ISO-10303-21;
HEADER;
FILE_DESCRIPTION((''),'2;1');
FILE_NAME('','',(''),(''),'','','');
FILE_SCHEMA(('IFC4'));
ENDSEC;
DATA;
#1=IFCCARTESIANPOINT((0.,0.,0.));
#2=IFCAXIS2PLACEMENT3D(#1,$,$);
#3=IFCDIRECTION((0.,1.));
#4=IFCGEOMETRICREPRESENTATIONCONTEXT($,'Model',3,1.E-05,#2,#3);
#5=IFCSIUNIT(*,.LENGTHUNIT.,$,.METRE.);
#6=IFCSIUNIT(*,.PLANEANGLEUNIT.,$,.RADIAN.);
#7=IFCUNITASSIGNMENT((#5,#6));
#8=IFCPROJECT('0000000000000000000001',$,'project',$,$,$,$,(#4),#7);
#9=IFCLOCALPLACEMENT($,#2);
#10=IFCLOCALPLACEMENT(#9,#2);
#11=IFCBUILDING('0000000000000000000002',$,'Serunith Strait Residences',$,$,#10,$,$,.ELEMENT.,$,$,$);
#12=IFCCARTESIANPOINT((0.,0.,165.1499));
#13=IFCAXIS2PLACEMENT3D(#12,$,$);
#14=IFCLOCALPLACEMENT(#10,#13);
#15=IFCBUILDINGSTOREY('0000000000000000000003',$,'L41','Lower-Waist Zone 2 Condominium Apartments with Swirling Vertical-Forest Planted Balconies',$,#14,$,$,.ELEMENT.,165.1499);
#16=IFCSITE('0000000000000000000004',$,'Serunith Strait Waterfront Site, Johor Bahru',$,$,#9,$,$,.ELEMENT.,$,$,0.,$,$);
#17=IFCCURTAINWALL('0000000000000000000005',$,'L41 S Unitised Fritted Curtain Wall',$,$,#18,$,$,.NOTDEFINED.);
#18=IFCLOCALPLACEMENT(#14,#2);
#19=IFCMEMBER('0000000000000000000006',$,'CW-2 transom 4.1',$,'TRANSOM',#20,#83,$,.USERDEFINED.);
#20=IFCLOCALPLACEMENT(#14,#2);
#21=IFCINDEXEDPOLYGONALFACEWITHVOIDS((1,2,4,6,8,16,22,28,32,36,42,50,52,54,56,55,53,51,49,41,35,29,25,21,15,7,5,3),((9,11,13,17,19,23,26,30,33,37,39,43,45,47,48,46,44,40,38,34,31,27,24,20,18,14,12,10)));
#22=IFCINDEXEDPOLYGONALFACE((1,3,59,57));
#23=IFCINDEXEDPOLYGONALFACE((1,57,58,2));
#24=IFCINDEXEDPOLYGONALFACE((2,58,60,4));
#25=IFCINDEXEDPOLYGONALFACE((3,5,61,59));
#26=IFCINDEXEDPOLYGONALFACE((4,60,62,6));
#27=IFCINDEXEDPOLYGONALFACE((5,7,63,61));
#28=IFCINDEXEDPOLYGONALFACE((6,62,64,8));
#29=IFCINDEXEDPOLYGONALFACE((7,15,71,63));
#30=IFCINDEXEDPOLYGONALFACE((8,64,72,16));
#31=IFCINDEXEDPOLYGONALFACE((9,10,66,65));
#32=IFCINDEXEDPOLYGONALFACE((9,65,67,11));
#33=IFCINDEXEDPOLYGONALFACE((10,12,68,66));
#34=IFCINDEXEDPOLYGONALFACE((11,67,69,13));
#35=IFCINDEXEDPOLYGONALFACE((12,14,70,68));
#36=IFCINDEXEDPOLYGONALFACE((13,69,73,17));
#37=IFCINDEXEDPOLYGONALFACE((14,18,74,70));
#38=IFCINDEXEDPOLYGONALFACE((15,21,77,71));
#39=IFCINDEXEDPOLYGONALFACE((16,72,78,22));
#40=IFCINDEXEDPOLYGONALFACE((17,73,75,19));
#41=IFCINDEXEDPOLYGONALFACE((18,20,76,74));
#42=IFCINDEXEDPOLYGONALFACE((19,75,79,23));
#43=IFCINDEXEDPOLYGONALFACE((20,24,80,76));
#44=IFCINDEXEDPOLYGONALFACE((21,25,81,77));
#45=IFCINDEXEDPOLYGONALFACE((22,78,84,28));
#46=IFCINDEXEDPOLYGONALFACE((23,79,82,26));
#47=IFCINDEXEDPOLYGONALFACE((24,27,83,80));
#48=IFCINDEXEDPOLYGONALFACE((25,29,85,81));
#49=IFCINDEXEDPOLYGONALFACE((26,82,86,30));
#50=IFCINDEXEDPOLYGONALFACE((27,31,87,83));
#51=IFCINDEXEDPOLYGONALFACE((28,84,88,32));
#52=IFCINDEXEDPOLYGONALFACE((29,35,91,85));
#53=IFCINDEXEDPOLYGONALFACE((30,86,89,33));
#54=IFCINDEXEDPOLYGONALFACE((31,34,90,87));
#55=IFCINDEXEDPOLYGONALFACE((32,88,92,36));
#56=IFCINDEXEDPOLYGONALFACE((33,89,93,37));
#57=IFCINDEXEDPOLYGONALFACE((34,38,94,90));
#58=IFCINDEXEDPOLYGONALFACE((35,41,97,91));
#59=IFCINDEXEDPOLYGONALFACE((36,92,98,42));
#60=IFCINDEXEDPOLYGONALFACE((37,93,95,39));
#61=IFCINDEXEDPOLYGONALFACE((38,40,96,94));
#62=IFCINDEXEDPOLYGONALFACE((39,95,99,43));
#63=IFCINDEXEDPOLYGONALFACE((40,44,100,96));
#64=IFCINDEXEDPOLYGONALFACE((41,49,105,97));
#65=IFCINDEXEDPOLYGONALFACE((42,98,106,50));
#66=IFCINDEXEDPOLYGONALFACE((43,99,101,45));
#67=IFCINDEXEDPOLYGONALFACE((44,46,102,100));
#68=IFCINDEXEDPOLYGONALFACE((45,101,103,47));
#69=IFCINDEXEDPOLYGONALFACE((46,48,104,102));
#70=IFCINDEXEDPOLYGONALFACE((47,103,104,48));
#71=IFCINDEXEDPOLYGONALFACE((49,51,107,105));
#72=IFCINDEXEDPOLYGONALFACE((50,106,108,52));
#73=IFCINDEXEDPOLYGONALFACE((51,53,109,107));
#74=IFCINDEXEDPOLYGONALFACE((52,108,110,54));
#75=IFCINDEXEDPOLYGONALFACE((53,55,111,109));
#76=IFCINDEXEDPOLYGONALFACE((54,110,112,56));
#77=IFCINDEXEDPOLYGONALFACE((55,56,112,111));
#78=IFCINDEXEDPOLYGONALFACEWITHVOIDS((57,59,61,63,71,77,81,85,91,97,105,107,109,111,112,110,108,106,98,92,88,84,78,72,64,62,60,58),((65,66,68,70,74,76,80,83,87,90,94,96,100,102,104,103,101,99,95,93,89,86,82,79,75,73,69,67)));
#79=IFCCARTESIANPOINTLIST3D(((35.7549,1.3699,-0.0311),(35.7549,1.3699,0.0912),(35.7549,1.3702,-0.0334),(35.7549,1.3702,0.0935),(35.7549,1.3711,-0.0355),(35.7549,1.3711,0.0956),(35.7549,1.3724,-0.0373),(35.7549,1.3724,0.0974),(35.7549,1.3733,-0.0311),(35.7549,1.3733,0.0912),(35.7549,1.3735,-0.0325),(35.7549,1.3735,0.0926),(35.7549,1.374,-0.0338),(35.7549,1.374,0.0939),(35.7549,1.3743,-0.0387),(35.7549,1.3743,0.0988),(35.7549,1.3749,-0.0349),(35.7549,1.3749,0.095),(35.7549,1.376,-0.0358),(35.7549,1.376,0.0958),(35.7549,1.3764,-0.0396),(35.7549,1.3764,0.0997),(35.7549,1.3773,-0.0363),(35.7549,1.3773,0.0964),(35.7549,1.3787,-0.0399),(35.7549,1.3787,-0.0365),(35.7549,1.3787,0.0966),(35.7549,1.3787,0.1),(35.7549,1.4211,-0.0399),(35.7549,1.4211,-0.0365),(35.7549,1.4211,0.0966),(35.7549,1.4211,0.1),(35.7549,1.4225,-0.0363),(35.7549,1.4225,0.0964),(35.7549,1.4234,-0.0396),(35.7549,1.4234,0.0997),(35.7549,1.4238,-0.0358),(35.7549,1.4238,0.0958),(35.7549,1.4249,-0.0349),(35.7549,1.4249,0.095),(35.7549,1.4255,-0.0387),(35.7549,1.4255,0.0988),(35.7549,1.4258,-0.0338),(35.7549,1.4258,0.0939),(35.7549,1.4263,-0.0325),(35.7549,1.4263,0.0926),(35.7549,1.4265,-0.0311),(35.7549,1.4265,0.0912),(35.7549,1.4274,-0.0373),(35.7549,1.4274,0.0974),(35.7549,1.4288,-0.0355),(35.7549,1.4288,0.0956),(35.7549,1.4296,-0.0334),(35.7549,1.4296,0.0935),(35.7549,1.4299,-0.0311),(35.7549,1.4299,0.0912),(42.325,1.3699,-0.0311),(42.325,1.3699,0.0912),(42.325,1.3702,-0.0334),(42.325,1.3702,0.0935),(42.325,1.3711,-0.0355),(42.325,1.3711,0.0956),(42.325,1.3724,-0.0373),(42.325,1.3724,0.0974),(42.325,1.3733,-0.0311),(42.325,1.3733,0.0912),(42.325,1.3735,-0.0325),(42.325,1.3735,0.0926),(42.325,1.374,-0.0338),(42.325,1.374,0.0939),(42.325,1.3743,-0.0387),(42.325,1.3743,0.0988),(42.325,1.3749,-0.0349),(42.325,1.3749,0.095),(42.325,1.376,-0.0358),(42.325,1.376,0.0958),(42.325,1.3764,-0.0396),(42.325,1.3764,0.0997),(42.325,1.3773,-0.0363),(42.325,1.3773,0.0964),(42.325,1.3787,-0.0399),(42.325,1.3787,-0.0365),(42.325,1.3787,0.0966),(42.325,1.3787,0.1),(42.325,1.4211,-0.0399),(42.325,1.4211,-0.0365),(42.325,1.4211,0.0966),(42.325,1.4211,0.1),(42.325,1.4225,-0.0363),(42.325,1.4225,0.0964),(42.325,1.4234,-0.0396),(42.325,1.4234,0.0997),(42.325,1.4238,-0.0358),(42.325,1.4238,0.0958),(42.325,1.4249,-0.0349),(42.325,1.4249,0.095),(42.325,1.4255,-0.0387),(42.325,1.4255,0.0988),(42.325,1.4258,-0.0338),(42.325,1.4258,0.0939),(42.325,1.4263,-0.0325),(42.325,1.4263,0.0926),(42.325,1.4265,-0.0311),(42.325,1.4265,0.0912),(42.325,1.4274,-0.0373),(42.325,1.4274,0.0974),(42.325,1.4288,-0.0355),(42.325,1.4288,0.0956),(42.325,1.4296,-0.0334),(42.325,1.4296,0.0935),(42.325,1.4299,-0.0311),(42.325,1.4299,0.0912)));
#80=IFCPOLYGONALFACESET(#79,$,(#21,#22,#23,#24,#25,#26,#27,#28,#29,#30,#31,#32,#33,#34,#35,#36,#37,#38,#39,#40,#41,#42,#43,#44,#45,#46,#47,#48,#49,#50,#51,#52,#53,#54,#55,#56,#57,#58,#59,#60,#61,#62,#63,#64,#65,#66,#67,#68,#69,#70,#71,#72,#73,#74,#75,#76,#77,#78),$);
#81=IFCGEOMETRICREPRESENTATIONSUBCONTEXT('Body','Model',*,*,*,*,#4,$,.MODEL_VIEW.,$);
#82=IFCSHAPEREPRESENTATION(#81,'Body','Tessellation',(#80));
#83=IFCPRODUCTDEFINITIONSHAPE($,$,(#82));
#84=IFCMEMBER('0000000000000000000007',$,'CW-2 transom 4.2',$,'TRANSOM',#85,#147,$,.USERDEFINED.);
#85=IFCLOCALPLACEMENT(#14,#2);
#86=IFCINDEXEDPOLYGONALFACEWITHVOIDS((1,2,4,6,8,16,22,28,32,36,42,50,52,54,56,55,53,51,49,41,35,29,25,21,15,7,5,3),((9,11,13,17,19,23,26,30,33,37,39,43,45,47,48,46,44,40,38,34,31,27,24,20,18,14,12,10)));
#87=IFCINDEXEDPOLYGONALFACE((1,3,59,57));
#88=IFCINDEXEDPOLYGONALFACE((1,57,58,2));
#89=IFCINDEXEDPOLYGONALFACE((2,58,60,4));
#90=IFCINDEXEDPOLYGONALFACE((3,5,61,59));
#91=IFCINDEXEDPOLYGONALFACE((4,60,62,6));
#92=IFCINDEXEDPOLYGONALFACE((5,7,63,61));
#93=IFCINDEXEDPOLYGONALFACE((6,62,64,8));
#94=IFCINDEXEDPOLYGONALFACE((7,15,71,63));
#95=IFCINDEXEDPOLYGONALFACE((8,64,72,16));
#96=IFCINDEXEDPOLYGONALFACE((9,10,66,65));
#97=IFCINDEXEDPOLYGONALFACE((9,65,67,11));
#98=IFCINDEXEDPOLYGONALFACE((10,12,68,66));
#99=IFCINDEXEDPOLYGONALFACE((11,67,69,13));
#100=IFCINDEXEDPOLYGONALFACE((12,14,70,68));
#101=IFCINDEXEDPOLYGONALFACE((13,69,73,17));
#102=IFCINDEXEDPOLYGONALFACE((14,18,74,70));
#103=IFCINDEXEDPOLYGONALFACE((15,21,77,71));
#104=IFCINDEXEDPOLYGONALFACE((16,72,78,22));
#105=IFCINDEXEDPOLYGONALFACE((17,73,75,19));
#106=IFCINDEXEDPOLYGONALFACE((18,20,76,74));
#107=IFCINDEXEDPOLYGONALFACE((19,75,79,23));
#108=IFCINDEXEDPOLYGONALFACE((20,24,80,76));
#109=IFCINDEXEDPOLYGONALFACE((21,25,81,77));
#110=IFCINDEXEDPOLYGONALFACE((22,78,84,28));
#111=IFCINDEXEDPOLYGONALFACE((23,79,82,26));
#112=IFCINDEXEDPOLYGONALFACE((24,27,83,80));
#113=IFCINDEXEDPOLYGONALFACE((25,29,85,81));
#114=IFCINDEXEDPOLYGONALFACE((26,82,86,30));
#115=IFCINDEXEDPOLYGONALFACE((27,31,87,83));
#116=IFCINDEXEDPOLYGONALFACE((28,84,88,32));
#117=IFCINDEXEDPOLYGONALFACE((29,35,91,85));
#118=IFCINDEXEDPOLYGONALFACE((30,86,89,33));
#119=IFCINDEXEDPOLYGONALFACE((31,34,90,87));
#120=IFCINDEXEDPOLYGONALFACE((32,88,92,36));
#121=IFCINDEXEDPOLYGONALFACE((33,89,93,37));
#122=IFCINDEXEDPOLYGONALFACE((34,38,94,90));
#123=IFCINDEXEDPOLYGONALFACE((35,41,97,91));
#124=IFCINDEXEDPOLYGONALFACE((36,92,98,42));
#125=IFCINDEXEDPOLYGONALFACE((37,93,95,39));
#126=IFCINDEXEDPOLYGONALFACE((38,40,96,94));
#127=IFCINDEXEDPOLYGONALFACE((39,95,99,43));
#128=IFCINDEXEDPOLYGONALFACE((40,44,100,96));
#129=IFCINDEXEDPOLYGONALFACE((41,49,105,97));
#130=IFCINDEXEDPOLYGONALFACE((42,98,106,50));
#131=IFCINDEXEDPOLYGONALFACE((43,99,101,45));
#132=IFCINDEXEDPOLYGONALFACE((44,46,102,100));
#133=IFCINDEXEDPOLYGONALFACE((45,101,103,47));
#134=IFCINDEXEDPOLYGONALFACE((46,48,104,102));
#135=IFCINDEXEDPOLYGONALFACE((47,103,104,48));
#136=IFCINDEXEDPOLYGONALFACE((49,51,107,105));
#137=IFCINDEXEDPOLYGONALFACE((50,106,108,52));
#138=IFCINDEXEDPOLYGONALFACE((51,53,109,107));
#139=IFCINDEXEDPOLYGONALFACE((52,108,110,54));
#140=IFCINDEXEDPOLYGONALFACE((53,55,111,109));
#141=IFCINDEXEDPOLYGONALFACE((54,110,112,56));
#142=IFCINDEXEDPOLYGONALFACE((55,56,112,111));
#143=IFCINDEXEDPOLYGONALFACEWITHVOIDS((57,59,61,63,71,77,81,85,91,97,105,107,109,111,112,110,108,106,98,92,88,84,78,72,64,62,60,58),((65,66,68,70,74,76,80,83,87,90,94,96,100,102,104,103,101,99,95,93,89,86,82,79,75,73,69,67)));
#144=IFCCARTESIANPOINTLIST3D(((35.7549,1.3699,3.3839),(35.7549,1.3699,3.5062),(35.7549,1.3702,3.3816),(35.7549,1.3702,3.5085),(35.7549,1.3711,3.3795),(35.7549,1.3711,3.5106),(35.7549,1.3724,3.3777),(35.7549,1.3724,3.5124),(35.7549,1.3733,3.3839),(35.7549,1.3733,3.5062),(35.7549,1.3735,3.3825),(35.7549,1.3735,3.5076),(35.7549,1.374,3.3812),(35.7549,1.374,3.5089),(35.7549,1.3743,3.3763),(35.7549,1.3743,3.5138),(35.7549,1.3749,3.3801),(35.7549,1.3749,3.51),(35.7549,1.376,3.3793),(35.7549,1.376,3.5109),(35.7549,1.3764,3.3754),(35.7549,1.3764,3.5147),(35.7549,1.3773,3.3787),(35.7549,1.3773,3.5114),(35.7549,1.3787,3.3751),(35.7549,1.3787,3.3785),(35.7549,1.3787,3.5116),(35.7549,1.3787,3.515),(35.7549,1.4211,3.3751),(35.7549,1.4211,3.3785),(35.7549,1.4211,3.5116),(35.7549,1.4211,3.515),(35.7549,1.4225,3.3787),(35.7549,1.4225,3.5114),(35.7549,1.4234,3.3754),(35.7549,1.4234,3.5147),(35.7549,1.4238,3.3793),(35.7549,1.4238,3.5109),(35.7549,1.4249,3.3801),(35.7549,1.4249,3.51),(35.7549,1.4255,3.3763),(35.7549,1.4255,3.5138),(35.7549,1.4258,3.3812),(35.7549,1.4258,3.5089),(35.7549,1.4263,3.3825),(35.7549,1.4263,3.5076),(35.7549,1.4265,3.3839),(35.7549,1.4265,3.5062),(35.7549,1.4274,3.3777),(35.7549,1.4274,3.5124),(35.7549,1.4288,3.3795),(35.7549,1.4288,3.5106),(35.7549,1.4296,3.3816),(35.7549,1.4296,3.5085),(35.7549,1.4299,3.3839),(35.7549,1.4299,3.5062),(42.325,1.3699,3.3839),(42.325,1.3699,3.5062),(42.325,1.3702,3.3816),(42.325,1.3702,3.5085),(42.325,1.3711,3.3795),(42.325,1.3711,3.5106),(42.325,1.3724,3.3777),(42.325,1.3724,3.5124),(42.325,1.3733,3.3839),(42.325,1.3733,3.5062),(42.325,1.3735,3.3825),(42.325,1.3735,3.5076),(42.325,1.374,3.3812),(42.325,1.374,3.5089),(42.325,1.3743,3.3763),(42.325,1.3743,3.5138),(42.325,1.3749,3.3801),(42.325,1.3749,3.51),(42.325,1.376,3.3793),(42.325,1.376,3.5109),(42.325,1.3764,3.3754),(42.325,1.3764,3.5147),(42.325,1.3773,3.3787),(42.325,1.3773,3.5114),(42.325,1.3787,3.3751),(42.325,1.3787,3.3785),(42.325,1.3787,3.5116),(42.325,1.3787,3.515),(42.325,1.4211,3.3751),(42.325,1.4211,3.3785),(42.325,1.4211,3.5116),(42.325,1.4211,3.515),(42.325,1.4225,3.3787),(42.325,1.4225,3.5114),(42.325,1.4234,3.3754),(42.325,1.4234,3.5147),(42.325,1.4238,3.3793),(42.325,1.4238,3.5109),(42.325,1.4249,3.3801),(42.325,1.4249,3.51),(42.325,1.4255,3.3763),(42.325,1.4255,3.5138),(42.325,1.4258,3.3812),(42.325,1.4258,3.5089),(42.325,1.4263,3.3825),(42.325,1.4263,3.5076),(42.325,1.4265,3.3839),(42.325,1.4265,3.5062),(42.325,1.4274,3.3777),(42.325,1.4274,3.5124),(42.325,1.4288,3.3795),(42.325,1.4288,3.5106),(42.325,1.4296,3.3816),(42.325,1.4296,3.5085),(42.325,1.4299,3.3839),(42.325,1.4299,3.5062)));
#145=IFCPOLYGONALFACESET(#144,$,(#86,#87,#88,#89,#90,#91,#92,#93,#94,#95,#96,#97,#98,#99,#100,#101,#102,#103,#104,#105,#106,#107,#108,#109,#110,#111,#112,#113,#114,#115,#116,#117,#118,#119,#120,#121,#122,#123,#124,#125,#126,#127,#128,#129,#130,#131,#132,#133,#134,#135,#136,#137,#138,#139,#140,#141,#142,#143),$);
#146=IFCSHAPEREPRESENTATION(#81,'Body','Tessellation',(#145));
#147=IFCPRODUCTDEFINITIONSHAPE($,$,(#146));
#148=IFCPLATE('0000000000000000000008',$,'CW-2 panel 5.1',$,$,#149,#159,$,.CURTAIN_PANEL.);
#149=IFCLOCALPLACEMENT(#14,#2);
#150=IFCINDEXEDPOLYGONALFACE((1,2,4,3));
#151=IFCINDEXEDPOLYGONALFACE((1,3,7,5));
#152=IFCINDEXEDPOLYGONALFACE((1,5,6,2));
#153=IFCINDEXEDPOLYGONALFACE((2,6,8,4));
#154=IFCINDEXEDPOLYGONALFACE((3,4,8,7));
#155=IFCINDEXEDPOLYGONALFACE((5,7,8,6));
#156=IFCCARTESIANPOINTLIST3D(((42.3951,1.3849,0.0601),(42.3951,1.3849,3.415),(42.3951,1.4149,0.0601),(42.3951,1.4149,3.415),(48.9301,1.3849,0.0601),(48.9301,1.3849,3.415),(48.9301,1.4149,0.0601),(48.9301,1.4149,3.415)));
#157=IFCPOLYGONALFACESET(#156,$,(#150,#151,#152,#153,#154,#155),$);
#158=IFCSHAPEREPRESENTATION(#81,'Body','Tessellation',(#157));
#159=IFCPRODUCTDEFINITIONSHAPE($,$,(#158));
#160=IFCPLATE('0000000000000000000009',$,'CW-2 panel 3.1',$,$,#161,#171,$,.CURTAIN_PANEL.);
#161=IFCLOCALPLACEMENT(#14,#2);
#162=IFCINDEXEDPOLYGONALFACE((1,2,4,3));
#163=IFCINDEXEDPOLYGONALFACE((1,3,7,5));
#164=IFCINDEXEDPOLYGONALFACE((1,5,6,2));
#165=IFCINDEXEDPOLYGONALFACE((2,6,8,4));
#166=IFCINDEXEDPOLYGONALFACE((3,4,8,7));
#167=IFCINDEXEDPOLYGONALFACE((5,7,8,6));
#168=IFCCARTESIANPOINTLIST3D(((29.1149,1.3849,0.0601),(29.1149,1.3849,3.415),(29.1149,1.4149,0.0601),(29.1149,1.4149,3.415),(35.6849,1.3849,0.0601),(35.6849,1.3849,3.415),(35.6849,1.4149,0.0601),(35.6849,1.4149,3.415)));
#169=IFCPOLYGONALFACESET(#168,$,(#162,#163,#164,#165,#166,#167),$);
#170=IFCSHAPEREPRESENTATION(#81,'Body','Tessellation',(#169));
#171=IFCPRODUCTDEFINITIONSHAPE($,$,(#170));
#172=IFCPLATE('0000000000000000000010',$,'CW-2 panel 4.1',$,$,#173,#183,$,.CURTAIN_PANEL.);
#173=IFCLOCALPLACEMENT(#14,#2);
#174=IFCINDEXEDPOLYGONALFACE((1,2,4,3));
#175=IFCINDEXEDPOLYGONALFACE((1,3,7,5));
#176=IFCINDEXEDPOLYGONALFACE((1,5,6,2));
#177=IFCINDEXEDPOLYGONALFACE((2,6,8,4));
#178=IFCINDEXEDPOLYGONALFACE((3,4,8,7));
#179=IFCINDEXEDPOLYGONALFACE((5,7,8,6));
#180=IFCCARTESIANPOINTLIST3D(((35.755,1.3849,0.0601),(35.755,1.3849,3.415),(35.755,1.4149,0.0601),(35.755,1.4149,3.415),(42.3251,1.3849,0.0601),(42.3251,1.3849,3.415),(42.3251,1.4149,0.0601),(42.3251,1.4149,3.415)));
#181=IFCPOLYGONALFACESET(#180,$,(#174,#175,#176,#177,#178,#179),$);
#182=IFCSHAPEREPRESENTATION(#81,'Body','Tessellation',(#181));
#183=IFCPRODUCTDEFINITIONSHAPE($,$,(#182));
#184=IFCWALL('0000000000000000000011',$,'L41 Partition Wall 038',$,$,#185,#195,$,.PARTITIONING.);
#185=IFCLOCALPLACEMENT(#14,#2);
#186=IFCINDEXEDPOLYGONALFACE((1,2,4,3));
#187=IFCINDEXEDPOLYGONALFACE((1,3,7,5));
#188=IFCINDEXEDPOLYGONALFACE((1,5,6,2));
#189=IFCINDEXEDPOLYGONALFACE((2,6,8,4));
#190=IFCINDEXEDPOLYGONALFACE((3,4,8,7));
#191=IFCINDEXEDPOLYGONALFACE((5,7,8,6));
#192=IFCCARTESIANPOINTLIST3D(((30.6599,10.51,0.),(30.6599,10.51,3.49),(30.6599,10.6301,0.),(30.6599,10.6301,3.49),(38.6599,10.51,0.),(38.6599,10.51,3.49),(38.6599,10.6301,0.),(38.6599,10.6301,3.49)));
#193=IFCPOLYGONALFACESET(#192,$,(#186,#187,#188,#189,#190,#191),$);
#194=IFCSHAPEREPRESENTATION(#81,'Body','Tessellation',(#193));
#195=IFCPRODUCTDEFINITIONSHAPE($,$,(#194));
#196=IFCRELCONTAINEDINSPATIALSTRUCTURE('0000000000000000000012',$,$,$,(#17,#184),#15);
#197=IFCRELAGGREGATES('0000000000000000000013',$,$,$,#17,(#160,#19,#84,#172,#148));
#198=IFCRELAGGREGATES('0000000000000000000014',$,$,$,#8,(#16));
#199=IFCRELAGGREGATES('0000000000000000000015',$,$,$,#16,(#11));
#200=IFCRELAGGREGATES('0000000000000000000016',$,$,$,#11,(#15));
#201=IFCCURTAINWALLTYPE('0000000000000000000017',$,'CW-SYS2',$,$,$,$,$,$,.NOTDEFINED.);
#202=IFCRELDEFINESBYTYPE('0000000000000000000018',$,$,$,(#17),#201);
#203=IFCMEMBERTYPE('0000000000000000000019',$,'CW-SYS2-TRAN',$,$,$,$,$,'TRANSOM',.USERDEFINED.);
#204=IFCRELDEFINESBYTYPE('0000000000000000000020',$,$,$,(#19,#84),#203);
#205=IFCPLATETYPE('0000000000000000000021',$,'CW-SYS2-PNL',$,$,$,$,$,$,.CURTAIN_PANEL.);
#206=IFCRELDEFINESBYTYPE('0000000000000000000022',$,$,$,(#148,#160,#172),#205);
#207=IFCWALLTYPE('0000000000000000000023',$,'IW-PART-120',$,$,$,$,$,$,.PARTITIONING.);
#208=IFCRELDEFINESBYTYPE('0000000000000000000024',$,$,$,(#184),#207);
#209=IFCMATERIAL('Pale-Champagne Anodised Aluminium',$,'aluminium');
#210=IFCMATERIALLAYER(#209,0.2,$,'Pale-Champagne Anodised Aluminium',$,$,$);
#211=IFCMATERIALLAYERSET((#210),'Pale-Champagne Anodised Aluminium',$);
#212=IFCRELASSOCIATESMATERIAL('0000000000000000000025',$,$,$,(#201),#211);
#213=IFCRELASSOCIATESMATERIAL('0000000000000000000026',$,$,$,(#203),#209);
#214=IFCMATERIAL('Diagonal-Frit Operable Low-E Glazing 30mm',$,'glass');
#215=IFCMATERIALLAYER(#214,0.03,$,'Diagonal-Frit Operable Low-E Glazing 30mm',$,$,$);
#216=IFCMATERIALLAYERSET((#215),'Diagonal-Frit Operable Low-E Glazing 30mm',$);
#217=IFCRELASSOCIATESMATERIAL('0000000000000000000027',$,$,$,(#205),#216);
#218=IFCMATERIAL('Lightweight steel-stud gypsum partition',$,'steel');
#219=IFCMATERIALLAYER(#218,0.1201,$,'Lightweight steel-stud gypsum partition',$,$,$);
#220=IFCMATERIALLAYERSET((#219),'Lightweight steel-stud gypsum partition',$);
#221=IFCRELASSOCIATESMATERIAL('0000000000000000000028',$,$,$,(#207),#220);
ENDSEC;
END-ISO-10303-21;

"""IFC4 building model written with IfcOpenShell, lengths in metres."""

from ifc_helpers import new_model, si_unit, direction, frame, frame_2d, origin, origin_2d, place, context, subcontext, project, spatial, rectangle, hollow_rectangle, extrude, source, transform, mapped, material, layer, layer_set, material_profile, profile_set, type_object, element, aggregate, save


model = new_model("IFC4")

# Units and contexts
model_context = context("Model", 3, precision=1e-05, world=origin(), true_north=direction((0.0, 1.0)))
body_context = subcontext(model_context, "Body", "Model", "MODEL_VIEW")
ifc_project = project(units=[si_unit("LENGTHUNIT", "METRE"), si_unit("PLANEANGLEUNIT", "RADIAN")], contexts=[model_context])

# Site, building, storey
site_placement = place(None, origin())
site = spatial("IfcSite", under=ifc_project, at=site_placement, Name="Serunith Strait Waterfront Site, Johor Bahru", CompositionType="ELEMENT", RefElevation=0.0)
building_placement = place(site_placement, origin())
building = spatial("IfcBuilding", under=site, at=building_placement, Name="Serunith Strait Residences", CompositionType="ELEMENT")
storey_placement = place(building_placement, frame((0.0, 0.0, 165.1499)))
storey = spatial("IfcBuildingStorey", under=building, at=storey_placement, Name="L41", Description="Lower-Waist Zone 2 Condominium Apartments with Swirling Vertical-Forest Planted Balconies", CompositionType="ELEMENT", Elevation=165.1499)

# Curtain wall, members, plates
ifc_material_1 = material(Name="Pale-Champagne Anodised Aluminium", Category="aluminium")
ifc_layer_1 = layer(ifc_material_1, 0.2, Name="Pale-Champagne Anodised Aluminium")
ifc_layer_set_1 = layer_set([ifc_layer_1], Name="Pale-Champagne Anodised Aluminium")
curtain_wall_type = type_object("IfcCurtainWallType", Name="CW-SYS2", PredefinedType="NOTDEFINED", material=ifc_layer_set_1)
curtain_wall_placement = place(storey_placement, origin())
curtain_wall = element("IfcCurtainWall", 1, at=curtain_wall_placement, inside=storey, type_object=curtain_wall_type, Name="L41 S Unitised Fritted Curtain Wall", PredefinedType="NOTDEFINED")
ifc_material_profile_1 = material_profile(ifc_material_1, hollow_rectangle(XDim=0.0601, YDim=0.1399, WallThickness=0.0034, InnerFilletRadius=0.0054, OuterFilletRadius=0.0088, at=origin_2d()), Name="ALU 140x60x3.5")
ifc_profile_set_1 = profile_set([ifc_material_profile_1], Name="Pale-Champagne Anodised Aluminium")
member_type_1 = type_object("IfcMemberType", Name="CW-SYS2-TRAN", ElementType="TRANSOM", PredefinedType="USERDEFINED", material=ifc_profile_set_1)
shared_shape_1 = source(origin(), body_context, "Body", "SweptSolid", [
    extrude(hollow_rectangle(XDim=0.0601, YDim=0.1399, WallThickness=0.0034, InnerFilletRadius=0.0054, OuterFilletRadius=0.0088, at=origin_2d()), origin(), (0.0, 0.0, 1.0), 6.5701),
])
member_1_placement = place(storey_placement, frame((35.7549, 1.3999, 0.03), z_axis=(1.0, 0.0, 0.0), x_axis=(0.0, 1.0, 0.0)))
member_1 = element("IfcMember", 2, at=member_1_placement, type_object=member_type_1, Name="CW-2 transom 4.1", ObjectType="TRANSOM", PredefinedType="USERDEFINED", context=body_context, shape_type="MappedRepresentation", body=[
    mapped(shared_shape_1, transform((0.0, 0.0, 0.0), scale=1.0)),
])
member_2_placement = place(storey_placement, frame((35.7549, 1.3999, 3.4451), z_axis=(1.0, 0.0, 0.0), x_axis=(0.0, 1.0, 0.0)))
member_2 = element("IfcMember", 3, at=member_2_placement, type_object=member_type_1, Name="CW-2 transom 4.2", ObjectType="TRANSOM", PredefinedType="USERDEFINED", context=body_context, shape_type="MappedRepresentation", body=[
    mapped(shared_shape_1, transform((0.0, 0.0, 0.0), scale=1.0)),
])
ifc_material_2 = material(Name="Diagonal-Frit Operable Low-E Glazing 30mm", Category="glass")
ifc_layer_2 = layer(ifc_material_2, 0.03, Name="Diagonal-Frit Operable Low-E Glazing 30mm")
ifc_layer_set_2 = layer_set([ifc_layer_2], Name="Diagonal-Frit Operable Low-E Glazing 30mm")
plate_type = type_object("IfcPlateType", Name="CW-SYS2-PNL", PredefinedType="CURTAIN_PANEL", material=ifc_layer_set_2)
shared_shape_2 = source(origin(), body_context, "Body", "SweptSolid", [
    extrude(rectangle(XDim=6.5349, YDim=0.03, at=origin_2d()), origin(), (0.0, 0.0, 1.0), 3.355),
])
plate_1_placement = place(storey_placement, frame((45.6626, 1.3999, 0.0601), z_axis=(0.0, 0.0, 1.0), x_axis=(1.0, 0.0, 0.0)))
plate_1 = element("IfcPlate", 4, at=plate_1_placement, type_object=plate_type, Name="CW-2 panel 5.1", PredefinedType="CURTAIN_PANEL", context=body_context, shape_type="MappedRepresentation", body=[
    mapped(shared_shape_2, transform((0.0, 0.0, 0.0), scale=1.0)),
])
shared_shape_3 = source(origin(), body_context, "Body", "SweptSolid", [
    extrude(rectangle(XDim=6.5701, YDim=0.03, at=origin_2d()), origin(), (0.0, 0.0, 1.0), 3.355),
])
plate_2_placement = place(storey_placement, frame((32.3999, 1.3999, 0.0601), z_axis=(0.0, 0.0, 1.0), x_axis=(1.0, 0.0, 0.0)))
plate_2 = element("IfcPlate", 5, at=plate_2_placement, type_object=plate_type, Name="CW-2 panel 3.1", PredefinedType="CURTAIN_PANEL", context=body_context, shape_type="MappedRepresentation", body=[
    mapped(shared_shape_3, transform((0.0, 0.0, 0.0), scale=1.0)),
])
plate_3_placement = place(storey_placement, frame((39.04, 1.3999, 0.0601), z_axis=(0.0, 0.0, 1.0), x_axis=(1.0, 0.0, 0.0)))
plate_3 = element("IfcPlate", 6, at=plate_3_placement, type_object=plate_type, Name="CW-2 panel 4.1", PredefinedType="CURTAIN_PANEL", context=body_context, shape_type="MappedRepresentation", body=[
    mapped(shared_shape_3, transform((0.0, 0.0, 0.0), scale=1.0)),
])
aggregate(curtain_wall, [plate_2, member_1, member_2, plate_3, plate_1])

# Wall
ifc_material_3 = material(Name="Lightweight steel-stud gypsum partition", Category="steel")
ifc_layer_3 = layer(ifc_material_3, 0.1201, Name="Lightweight steel-stud gypsum partition")
ifc_layer_set_3 = layer_set([ifc_layer_3], Name="Lightweight steel-stud gypsum partition")
wall_type_1 = type_object("IfcWallType", Name="IW-PART-120", PredefinedType="PARTITIONING", material=ifc_layer_set_3)
wall_1_placement = place(storey_placement, frame((30.6599, 10.5701, 0.0), z_axis=(0.0, 0.0, 1.0), x_axis=(1.0, 0.0, 0.0)))
element("IfcWall", 7, at=wall_1_placement, inside=storey, type_object=wall_type_1, Name="L41 Partition Wall 038", PredefinedType="PARTITIONING", context=body_context, shape_type="SweptSolid", body=[
    extrude(rectangle(XDim=8.0, YDim=0.1201, at=frame_2d((4.0, 0.0))), origin(), (0.0, 0.0, 1.0), 3.49),
])

save(model, "model.ifc")
